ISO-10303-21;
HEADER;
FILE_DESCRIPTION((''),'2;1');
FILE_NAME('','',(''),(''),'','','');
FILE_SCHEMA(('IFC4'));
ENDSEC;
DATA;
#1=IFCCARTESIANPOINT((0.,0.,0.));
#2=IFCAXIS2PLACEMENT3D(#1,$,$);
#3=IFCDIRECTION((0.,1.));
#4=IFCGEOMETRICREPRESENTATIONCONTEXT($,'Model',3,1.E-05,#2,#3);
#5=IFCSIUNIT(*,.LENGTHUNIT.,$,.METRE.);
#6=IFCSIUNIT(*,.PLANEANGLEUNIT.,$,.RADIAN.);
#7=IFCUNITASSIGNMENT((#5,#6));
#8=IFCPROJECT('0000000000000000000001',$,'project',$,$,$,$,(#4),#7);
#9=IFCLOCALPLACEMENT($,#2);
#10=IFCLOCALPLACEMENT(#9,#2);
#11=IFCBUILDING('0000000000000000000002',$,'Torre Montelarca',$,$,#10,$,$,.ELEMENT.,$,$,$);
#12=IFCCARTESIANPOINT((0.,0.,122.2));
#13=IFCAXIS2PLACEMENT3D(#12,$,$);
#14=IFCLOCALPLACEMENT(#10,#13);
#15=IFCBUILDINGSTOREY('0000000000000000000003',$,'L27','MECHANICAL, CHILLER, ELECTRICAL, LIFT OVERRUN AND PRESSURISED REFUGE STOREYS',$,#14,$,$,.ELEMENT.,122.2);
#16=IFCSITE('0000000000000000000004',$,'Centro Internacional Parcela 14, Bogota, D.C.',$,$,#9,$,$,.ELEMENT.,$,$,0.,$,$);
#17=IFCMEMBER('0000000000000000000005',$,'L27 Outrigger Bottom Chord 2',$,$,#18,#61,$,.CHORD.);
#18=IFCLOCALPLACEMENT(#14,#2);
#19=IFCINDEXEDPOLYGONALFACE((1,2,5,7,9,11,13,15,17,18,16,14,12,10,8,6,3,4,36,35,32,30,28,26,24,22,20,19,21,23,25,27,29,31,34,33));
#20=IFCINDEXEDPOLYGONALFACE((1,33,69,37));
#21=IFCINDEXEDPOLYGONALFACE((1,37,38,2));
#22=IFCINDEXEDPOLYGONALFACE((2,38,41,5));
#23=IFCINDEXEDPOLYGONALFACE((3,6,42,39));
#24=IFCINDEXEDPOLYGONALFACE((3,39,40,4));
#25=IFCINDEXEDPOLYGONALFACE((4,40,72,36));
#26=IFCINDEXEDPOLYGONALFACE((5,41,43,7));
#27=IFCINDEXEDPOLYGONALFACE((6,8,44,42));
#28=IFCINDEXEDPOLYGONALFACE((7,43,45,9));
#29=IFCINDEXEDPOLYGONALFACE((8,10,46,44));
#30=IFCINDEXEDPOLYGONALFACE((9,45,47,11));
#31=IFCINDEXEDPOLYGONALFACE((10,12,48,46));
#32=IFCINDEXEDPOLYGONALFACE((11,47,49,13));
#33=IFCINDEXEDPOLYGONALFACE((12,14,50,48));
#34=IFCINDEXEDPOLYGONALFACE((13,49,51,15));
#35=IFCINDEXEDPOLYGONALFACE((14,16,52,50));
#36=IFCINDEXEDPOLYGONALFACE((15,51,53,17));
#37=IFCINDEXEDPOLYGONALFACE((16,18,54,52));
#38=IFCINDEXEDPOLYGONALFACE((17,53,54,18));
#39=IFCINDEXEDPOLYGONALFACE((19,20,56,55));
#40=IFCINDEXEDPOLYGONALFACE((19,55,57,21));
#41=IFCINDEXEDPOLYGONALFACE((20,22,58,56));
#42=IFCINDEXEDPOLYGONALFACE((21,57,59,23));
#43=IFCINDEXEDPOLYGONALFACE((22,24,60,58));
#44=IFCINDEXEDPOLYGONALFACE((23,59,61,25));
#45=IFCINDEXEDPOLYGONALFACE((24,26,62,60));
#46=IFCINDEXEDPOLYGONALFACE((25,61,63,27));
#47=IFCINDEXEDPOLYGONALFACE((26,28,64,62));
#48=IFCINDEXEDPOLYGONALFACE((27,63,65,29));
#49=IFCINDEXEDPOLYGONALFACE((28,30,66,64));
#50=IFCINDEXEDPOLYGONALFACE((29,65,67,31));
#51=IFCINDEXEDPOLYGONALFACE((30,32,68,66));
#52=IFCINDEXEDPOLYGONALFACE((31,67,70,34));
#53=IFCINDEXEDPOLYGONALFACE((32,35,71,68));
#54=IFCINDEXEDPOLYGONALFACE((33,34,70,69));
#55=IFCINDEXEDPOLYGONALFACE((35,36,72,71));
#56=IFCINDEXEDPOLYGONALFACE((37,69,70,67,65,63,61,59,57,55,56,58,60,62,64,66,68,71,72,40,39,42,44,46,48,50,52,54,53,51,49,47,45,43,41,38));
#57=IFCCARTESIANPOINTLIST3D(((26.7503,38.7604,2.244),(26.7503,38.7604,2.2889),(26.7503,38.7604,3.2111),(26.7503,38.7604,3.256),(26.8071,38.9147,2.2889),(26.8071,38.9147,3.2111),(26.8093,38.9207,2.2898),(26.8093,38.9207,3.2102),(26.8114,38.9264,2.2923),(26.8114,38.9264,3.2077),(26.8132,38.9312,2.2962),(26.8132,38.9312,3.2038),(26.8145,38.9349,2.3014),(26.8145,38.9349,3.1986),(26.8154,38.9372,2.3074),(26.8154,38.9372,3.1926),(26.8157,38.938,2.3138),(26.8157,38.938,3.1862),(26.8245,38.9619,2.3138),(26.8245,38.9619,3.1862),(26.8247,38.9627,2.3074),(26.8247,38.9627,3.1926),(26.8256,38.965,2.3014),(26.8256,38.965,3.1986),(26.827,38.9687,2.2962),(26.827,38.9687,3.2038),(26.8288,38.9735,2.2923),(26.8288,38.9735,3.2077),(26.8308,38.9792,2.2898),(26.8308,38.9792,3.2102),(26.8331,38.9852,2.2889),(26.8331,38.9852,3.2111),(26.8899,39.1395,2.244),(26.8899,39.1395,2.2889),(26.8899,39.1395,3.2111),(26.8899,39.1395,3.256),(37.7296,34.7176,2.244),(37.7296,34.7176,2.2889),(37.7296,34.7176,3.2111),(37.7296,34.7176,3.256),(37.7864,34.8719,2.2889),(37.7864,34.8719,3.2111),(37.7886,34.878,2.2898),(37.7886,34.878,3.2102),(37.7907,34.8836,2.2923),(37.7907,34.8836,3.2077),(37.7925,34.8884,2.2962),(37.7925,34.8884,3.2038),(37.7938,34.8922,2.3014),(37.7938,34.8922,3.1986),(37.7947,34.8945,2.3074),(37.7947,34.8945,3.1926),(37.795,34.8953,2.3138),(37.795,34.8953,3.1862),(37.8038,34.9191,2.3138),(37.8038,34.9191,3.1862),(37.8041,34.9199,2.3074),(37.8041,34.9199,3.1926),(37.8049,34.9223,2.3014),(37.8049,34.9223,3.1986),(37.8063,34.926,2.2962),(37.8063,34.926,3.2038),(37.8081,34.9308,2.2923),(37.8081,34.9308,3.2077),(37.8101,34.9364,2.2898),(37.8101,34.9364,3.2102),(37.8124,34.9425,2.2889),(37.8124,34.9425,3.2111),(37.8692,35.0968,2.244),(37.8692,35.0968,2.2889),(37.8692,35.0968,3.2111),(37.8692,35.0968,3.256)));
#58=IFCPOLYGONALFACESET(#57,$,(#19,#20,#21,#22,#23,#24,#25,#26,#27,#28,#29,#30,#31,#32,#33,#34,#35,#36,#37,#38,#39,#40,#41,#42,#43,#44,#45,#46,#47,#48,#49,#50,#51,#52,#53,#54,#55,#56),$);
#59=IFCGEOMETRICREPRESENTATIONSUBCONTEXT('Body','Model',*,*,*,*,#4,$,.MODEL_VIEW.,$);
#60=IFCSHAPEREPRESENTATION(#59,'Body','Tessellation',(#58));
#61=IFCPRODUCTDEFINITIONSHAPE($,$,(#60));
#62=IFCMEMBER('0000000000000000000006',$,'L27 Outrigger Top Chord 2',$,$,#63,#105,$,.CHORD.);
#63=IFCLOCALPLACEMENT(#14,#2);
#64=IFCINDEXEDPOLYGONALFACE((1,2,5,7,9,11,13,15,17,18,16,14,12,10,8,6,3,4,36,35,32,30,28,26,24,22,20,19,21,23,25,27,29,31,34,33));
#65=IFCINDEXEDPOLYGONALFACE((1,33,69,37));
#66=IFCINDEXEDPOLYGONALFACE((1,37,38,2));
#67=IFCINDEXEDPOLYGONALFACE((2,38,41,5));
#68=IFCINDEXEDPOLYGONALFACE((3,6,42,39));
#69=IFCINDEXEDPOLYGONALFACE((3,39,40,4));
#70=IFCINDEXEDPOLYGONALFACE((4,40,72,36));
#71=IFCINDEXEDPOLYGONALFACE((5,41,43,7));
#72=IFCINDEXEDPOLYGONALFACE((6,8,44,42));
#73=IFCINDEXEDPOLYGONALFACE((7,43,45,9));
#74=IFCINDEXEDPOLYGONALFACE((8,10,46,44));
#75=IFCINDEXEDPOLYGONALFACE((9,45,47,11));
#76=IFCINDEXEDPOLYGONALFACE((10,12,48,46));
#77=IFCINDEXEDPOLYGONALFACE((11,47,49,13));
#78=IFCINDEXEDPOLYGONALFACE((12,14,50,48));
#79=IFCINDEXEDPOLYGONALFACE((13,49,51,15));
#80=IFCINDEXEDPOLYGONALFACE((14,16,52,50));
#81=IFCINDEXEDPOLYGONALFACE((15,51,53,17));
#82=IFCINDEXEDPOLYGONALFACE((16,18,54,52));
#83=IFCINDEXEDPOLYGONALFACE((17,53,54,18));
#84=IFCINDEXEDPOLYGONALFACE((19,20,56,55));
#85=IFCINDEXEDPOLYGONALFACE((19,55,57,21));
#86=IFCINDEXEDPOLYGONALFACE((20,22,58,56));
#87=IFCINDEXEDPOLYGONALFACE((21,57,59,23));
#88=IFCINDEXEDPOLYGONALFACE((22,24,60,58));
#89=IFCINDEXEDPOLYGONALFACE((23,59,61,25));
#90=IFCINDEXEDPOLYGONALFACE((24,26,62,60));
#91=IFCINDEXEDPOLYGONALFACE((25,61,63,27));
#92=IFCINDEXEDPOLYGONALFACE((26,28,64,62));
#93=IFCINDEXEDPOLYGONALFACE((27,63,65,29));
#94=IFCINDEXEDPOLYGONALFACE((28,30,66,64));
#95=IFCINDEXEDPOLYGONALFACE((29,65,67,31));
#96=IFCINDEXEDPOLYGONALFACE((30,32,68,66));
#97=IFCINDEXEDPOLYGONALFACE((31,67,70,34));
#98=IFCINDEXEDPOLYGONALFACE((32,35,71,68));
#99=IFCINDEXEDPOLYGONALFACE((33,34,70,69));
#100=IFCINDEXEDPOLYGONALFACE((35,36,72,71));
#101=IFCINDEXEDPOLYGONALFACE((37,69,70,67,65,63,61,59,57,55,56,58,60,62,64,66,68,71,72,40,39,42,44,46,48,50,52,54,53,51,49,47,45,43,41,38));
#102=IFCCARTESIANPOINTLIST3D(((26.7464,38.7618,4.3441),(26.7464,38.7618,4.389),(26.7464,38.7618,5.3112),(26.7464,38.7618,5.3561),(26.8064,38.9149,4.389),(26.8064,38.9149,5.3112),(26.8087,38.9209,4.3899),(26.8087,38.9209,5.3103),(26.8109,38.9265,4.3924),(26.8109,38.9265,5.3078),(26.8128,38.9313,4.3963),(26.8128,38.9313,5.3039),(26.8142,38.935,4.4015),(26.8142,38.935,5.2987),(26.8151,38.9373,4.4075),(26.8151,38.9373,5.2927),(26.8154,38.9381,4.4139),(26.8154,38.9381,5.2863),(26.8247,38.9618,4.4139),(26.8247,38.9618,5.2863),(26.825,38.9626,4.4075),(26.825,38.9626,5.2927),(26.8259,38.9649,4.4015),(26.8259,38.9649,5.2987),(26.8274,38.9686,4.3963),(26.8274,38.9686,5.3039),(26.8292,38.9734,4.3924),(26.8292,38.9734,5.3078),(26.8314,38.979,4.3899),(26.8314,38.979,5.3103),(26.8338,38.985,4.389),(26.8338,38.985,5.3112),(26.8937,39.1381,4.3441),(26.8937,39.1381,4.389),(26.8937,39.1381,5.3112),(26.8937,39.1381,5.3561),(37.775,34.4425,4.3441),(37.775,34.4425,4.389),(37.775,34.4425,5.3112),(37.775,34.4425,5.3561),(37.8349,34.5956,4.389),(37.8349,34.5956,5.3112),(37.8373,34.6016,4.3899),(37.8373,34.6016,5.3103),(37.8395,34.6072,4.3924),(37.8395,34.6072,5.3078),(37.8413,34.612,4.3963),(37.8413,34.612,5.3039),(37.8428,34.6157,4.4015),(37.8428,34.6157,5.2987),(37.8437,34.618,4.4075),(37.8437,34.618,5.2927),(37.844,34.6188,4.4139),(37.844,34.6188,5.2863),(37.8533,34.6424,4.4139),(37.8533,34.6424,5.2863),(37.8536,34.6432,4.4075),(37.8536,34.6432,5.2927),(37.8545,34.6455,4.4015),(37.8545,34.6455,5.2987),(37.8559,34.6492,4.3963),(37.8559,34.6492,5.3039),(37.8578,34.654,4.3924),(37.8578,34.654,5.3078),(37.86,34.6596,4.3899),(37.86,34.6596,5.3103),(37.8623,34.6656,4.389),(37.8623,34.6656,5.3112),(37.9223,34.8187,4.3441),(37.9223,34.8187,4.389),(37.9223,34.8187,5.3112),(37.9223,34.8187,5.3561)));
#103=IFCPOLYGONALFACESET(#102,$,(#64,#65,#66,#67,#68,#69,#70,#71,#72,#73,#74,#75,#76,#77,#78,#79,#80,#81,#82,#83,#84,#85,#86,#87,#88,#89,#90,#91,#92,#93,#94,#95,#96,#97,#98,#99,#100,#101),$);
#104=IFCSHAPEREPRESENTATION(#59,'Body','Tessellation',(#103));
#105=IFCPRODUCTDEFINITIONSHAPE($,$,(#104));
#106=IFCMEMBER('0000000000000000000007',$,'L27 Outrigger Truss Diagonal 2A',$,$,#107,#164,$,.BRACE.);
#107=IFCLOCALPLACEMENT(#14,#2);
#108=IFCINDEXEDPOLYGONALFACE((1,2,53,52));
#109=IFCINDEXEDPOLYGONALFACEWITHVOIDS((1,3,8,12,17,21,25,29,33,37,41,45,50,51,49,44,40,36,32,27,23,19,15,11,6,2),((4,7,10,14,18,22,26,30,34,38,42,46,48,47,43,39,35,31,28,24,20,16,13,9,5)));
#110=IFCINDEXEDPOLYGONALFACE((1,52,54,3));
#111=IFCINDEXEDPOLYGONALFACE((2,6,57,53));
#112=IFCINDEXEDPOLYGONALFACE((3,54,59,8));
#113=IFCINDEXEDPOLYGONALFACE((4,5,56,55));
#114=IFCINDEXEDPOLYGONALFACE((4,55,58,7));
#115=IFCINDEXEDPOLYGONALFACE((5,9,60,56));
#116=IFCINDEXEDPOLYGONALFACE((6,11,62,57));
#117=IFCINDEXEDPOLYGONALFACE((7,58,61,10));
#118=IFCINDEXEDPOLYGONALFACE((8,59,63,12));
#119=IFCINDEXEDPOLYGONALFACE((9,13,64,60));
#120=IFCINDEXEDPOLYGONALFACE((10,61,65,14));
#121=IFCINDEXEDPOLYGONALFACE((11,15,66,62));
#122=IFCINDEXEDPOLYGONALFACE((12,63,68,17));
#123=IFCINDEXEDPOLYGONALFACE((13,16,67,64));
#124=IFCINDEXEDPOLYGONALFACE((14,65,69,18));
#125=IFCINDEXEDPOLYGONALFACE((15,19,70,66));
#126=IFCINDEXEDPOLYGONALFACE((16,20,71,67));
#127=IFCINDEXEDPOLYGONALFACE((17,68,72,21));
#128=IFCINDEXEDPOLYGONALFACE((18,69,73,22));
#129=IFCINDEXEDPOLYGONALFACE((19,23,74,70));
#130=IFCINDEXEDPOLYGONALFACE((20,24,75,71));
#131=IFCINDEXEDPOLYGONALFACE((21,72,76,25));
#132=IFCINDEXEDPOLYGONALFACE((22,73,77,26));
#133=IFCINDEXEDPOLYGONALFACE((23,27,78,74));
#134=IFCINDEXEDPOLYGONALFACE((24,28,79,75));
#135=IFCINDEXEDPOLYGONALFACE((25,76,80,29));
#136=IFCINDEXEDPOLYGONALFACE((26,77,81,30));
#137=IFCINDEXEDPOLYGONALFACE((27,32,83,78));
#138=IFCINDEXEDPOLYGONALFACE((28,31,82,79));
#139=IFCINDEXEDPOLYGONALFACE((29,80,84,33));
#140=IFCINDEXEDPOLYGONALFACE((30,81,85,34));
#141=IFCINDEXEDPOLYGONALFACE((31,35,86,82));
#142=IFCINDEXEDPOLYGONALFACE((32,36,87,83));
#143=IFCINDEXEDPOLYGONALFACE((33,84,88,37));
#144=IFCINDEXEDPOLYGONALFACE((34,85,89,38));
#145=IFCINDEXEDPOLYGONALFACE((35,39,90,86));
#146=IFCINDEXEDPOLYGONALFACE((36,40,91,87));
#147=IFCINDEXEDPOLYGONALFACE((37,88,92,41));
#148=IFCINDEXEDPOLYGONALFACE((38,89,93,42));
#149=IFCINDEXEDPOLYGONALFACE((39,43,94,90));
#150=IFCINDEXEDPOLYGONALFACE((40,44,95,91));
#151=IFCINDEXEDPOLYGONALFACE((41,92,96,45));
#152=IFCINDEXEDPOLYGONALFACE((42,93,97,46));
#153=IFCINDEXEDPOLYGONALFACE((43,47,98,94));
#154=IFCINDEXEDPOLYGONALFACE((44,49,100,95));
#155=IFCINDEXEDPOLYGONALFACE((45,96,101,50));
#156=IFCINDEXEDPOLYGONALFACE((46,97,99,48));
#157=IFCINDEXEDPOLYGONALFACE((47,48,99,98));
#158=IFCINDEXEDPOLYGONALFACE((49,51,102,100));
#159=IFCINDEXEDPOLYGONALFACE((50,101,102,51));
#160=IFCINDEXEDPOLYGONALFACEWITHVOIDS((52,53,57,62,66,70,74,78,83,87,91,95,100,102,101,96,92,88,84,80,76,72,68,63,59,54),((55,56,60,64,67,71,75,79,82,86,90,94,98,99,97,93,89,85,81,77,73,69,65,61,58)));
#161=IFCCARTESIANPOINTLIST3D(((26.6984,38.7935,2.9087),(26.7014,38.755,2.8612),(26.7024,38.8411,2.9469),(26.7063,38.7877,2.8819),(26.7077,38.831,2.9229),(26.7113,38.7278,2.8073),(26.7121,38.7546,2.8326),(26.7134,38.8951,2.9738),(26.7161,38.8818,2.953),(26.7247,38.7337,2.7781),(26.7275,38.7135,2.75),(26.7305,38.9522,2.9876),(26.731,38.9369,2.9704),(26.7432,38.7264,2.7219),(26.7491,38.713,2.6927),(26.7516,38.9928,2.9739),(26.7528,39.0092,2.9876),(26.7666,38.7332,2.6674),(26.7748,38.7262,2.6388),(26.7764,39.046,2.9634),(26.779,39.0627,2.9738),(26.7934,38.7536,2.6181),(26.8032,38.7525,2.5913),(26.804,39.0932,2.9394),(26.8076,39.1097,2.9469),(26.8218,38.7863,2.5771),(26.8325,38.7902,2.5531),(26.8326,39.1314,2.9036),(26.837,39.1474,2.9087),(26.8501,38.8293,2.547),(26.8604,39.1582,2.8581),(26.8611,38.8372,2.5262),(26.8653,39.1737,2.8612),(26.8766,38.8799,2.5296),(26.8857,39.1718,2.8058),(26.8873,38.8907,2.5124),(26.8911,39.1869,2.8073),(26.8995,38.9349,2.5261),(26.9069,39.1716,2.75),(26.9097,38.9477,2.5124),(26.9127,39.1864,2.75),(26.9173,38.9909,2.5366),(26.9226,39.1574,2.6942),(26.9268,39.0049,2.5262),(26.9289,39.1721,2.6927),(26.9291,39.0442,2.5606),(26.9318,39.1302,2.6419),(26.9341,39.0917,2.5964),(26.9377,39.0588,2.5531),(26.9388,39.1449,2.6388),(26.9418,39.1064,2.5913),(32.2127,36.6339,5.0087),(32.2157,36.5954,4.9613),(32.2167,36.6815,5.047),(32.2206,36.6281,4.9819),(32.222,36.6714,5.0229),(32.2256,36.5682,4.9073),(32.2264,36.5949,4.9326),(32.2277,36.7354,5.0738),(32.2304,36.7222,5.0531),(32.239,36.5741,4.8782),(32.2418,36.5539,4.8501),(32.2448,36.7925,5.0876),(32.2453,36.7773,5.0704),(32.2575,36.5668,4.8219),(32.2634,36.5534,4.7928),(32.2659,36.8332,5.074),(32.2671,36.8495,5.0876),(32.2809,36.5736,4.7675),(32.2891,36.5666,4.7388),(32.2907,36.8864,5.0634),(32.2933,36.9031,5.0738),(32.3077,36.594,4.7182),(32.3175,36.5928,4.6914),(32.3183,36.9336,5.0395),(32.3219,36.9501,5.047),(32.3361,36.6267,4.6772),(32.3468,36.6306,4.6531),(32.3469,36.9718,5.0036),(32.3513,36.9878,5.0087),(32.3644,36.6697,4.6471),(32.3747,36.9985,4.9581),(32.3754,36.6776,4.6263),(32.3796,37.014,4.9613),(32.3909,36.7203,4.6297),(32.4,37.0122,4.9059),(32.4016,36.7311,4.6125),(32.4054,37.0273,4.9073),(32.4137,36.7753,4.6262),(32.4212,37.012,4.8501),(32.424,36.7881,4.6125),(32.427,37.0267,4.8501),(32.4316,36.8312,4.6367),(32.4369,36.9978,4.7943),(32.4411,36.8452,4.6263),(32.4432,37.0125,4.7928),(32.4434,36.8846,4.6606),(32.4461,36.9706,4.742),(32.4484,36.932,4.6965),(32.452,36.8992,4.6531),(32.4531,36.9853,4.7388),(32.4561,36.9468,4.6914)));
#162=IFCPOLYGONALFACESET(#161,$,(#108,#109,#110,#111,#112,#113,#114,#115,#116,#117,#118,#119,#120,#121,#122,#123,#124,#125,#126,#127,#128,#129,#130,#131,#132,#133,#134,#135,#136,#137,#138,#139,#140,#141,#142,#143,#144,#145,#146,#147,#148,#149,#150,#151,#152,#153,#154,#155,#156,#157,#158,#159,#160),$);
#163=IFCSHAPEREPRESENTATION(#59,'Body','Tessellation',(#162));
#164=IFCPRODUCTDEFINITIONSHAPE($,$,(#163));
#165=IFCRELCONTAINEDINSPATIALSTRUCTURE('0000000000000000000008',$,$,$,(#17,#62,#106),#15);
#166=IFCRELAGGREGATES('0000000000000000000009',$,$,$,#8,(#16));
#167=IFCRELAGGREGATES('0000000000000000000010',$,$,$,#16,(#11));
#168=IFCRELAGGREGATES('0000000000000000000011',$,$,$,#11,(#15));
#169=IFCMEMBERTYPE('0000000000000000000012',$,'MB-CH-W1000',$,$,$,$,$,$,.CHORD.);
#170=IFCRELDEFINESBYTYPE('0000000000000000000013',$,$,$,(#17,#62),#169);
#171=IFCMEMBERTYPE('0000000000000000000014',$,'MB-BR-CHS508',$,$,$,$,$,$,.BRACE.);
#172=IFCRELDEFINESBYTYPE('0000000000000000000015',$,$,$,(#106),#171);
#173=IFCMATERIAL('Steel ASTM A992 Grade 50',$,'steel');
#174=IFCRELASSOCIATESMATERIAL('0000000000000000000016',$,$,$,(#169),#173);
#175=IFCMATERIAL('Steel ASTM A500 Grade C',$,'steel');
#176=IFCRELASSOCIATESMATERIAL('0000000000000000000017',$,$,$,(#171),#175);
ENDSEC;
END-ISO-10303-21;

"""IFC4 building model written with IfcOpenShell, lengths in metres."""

from ifc_helpers import new_model, si_unit, direction, frame, origin, origin_2d, place, context, subcontext, project, spatial, hollow_circle, i_section, extrude, source, transform, mapped, material, material_profile, profile_set, type_object, element, save


model = new_model("IFC4")

# Units and contexts
model_context = context("Model", 3, precision=1e-05, world=origin(), true_north=direction((0.0, 1.0)))
body_context = subcontext(model_context, "Body", "Model", "MODEL_VIEW")
ifc_project = project(units=[si_unit("LENGTHUNIT", "METRE"), si_unit("PLANEANGLEUNIT", "RADIAN")], contexts=[model_context])

# Site, building, storey
site_placement = place(None, origin())
site = spatial("IfcSite", under=ifc_project, at=site_placement, Name="Centro Internacional Parcela 14, Bogota, D.C.", CompositionType="ELEMENT", RefElevation=0.0)
building_placement = place(site_placement, origin())
building = spatial("IfcBuilding", under=site, at=building_placement, Name="Torre Montelarca", CompositionType="ELEMENT")
storey_placement = place(building_placement, frame((0.0, 0.0, 122.2)))
storey = spatial("IfcBuildingStorey", under=building, at=storey_placement, Name="L27", Description="MECHANICAL, CHILLER, ELECTRICAL, LIFT OVERRUN AND PRESSURISED REFUGE STOREYS", CompositionType="ELEMENT", Elevation=122.2)

# Shared definitions
ifc_material_1 = material(Name="Steel ASTM A992 Grade 50", Category="steel")

# Members
ifc_material_2 = material(Name="Steel ASTM A500 Grade C", Category="steel")
ifc_material_profile_1 = material_profile(ifc_material_1, i_section(OverallWidth=0.4041, OverallDepth=1.012, WebThickness=0.0254, FlangeThickness=0.0449, FilletRadius=0.0249, at=origin_2d()), Name="W1000X483", Category="steel")
ifc_profile_set_1 = profile_set([ifc_material_profile_1], Name="Steel ASTM A992 Grade 50")
member_type_1 = type_object("IfcMemberType", Name="MB-CH-W1000", PredefinedType="CHORD", material=ifc_profile_set_1)
shared_shape_1 = source(origin(), body_context, "Body", "SweptSolid", [
    extrude(i_section(OverallWidth=0.4041, OverallDepth=1.012, WebThickness=0.0254, FlangeThickness=0.0449, FilletRadius=0.0249, at=origin_2d()), origin(), (0.0, 0.0, 1.0), 11.7),
])
member_1_placement = place(storey_placement, frame((26.8201, 38.95, 2.75), z_axis=(0.938406, -0.345535, 0.0), x_axis=(0.345535, 0.938406, 0.0)))
element("IfcMember", 1, at=member_1_placement, inside=storey, type_object=member_type_1, Name="L27 Outrigger Bottom Chord 2", PredefinedType="CHORD", context=body_context, shape_type="MappedRepresentation", body=[
    mapped(shared_shape_1, transform((0.0, 0.0, 0.0), scale=1.0)),
])
shared_shape_2 = source(origin(), body_context, "Body", "SweptSolid", [
    extrude(i_section(OverallWidth=0.4041, OverallDepth=1.012, WebThickness=0.0254, FlangeThickness=0.0449, FilletRadius=0.0249, at=origin_2d()), origin(), (0.0, 0.0, 1.0), 11.8442),
])
member_2_placement = place(storey_placement, frame((26.8201, 38.95, 4.8501), z_axis=(0.931134, -0.364678, 0.0), x_axis=(0.364678, 0.931134, 0.0)))
element("IfcMember", 2, at=member_2_placement, inside=storey, type_object=member_type_1, Name="L27 Outrigger Top Chord 2", PredefinedType="CHORD", context=body_context, shape_type="MappedRepresentation", body=[
    mapped(shared_shape_2, transform((0.0, 0.0, 0.0), scale=1.0)),
])
ifc_material_profile_2 = material_profile(ifc_material_2, hollow_circle(Radius=0.2539, WallThickness=0.0159, at=origin_2d()), Name="HSS508.0X15.9", Category="steel")
ifc_profile_set_2 = profile_set([ifc_material_profile_2], Name="Steel ASTM A500 Grade C")
member_type_2 = type_object("IfcMemberType", Name="MB-BR-CHS508", PredefinedType="BRACE", material=ifc_profile_set_2)
shared_shape_3 = source(origin(), body_context, "Body", "SweptSolid", [
    extrude(hollow_circle(Radius=0.2539, WallThickness=0.0159, at=origin_2d()), origin(), (0.0, 0.0, 1.0), 6.2834),
])
member_3_placement = place(storey_placement, frame((26.8201, 38.95, 2.75), z_axis=(0.877591, -0.343701, 0.334221), x_axis=(0.364671, 0.931136, 0.0)))
element("IfcMember", 3, at=member_3_placement, inside=storey, type_object=member_type_2, Name="L27 Outrigger Truss Diagonal 2A", PredefinedType="BRACE", context=body_context, shape_type="MappedRepresentation", body=[
    mapped(shared_shape_3, transform((0.0, 0.0, 0.0), scale=1.0)),
])

save(model, "model.ifc")
